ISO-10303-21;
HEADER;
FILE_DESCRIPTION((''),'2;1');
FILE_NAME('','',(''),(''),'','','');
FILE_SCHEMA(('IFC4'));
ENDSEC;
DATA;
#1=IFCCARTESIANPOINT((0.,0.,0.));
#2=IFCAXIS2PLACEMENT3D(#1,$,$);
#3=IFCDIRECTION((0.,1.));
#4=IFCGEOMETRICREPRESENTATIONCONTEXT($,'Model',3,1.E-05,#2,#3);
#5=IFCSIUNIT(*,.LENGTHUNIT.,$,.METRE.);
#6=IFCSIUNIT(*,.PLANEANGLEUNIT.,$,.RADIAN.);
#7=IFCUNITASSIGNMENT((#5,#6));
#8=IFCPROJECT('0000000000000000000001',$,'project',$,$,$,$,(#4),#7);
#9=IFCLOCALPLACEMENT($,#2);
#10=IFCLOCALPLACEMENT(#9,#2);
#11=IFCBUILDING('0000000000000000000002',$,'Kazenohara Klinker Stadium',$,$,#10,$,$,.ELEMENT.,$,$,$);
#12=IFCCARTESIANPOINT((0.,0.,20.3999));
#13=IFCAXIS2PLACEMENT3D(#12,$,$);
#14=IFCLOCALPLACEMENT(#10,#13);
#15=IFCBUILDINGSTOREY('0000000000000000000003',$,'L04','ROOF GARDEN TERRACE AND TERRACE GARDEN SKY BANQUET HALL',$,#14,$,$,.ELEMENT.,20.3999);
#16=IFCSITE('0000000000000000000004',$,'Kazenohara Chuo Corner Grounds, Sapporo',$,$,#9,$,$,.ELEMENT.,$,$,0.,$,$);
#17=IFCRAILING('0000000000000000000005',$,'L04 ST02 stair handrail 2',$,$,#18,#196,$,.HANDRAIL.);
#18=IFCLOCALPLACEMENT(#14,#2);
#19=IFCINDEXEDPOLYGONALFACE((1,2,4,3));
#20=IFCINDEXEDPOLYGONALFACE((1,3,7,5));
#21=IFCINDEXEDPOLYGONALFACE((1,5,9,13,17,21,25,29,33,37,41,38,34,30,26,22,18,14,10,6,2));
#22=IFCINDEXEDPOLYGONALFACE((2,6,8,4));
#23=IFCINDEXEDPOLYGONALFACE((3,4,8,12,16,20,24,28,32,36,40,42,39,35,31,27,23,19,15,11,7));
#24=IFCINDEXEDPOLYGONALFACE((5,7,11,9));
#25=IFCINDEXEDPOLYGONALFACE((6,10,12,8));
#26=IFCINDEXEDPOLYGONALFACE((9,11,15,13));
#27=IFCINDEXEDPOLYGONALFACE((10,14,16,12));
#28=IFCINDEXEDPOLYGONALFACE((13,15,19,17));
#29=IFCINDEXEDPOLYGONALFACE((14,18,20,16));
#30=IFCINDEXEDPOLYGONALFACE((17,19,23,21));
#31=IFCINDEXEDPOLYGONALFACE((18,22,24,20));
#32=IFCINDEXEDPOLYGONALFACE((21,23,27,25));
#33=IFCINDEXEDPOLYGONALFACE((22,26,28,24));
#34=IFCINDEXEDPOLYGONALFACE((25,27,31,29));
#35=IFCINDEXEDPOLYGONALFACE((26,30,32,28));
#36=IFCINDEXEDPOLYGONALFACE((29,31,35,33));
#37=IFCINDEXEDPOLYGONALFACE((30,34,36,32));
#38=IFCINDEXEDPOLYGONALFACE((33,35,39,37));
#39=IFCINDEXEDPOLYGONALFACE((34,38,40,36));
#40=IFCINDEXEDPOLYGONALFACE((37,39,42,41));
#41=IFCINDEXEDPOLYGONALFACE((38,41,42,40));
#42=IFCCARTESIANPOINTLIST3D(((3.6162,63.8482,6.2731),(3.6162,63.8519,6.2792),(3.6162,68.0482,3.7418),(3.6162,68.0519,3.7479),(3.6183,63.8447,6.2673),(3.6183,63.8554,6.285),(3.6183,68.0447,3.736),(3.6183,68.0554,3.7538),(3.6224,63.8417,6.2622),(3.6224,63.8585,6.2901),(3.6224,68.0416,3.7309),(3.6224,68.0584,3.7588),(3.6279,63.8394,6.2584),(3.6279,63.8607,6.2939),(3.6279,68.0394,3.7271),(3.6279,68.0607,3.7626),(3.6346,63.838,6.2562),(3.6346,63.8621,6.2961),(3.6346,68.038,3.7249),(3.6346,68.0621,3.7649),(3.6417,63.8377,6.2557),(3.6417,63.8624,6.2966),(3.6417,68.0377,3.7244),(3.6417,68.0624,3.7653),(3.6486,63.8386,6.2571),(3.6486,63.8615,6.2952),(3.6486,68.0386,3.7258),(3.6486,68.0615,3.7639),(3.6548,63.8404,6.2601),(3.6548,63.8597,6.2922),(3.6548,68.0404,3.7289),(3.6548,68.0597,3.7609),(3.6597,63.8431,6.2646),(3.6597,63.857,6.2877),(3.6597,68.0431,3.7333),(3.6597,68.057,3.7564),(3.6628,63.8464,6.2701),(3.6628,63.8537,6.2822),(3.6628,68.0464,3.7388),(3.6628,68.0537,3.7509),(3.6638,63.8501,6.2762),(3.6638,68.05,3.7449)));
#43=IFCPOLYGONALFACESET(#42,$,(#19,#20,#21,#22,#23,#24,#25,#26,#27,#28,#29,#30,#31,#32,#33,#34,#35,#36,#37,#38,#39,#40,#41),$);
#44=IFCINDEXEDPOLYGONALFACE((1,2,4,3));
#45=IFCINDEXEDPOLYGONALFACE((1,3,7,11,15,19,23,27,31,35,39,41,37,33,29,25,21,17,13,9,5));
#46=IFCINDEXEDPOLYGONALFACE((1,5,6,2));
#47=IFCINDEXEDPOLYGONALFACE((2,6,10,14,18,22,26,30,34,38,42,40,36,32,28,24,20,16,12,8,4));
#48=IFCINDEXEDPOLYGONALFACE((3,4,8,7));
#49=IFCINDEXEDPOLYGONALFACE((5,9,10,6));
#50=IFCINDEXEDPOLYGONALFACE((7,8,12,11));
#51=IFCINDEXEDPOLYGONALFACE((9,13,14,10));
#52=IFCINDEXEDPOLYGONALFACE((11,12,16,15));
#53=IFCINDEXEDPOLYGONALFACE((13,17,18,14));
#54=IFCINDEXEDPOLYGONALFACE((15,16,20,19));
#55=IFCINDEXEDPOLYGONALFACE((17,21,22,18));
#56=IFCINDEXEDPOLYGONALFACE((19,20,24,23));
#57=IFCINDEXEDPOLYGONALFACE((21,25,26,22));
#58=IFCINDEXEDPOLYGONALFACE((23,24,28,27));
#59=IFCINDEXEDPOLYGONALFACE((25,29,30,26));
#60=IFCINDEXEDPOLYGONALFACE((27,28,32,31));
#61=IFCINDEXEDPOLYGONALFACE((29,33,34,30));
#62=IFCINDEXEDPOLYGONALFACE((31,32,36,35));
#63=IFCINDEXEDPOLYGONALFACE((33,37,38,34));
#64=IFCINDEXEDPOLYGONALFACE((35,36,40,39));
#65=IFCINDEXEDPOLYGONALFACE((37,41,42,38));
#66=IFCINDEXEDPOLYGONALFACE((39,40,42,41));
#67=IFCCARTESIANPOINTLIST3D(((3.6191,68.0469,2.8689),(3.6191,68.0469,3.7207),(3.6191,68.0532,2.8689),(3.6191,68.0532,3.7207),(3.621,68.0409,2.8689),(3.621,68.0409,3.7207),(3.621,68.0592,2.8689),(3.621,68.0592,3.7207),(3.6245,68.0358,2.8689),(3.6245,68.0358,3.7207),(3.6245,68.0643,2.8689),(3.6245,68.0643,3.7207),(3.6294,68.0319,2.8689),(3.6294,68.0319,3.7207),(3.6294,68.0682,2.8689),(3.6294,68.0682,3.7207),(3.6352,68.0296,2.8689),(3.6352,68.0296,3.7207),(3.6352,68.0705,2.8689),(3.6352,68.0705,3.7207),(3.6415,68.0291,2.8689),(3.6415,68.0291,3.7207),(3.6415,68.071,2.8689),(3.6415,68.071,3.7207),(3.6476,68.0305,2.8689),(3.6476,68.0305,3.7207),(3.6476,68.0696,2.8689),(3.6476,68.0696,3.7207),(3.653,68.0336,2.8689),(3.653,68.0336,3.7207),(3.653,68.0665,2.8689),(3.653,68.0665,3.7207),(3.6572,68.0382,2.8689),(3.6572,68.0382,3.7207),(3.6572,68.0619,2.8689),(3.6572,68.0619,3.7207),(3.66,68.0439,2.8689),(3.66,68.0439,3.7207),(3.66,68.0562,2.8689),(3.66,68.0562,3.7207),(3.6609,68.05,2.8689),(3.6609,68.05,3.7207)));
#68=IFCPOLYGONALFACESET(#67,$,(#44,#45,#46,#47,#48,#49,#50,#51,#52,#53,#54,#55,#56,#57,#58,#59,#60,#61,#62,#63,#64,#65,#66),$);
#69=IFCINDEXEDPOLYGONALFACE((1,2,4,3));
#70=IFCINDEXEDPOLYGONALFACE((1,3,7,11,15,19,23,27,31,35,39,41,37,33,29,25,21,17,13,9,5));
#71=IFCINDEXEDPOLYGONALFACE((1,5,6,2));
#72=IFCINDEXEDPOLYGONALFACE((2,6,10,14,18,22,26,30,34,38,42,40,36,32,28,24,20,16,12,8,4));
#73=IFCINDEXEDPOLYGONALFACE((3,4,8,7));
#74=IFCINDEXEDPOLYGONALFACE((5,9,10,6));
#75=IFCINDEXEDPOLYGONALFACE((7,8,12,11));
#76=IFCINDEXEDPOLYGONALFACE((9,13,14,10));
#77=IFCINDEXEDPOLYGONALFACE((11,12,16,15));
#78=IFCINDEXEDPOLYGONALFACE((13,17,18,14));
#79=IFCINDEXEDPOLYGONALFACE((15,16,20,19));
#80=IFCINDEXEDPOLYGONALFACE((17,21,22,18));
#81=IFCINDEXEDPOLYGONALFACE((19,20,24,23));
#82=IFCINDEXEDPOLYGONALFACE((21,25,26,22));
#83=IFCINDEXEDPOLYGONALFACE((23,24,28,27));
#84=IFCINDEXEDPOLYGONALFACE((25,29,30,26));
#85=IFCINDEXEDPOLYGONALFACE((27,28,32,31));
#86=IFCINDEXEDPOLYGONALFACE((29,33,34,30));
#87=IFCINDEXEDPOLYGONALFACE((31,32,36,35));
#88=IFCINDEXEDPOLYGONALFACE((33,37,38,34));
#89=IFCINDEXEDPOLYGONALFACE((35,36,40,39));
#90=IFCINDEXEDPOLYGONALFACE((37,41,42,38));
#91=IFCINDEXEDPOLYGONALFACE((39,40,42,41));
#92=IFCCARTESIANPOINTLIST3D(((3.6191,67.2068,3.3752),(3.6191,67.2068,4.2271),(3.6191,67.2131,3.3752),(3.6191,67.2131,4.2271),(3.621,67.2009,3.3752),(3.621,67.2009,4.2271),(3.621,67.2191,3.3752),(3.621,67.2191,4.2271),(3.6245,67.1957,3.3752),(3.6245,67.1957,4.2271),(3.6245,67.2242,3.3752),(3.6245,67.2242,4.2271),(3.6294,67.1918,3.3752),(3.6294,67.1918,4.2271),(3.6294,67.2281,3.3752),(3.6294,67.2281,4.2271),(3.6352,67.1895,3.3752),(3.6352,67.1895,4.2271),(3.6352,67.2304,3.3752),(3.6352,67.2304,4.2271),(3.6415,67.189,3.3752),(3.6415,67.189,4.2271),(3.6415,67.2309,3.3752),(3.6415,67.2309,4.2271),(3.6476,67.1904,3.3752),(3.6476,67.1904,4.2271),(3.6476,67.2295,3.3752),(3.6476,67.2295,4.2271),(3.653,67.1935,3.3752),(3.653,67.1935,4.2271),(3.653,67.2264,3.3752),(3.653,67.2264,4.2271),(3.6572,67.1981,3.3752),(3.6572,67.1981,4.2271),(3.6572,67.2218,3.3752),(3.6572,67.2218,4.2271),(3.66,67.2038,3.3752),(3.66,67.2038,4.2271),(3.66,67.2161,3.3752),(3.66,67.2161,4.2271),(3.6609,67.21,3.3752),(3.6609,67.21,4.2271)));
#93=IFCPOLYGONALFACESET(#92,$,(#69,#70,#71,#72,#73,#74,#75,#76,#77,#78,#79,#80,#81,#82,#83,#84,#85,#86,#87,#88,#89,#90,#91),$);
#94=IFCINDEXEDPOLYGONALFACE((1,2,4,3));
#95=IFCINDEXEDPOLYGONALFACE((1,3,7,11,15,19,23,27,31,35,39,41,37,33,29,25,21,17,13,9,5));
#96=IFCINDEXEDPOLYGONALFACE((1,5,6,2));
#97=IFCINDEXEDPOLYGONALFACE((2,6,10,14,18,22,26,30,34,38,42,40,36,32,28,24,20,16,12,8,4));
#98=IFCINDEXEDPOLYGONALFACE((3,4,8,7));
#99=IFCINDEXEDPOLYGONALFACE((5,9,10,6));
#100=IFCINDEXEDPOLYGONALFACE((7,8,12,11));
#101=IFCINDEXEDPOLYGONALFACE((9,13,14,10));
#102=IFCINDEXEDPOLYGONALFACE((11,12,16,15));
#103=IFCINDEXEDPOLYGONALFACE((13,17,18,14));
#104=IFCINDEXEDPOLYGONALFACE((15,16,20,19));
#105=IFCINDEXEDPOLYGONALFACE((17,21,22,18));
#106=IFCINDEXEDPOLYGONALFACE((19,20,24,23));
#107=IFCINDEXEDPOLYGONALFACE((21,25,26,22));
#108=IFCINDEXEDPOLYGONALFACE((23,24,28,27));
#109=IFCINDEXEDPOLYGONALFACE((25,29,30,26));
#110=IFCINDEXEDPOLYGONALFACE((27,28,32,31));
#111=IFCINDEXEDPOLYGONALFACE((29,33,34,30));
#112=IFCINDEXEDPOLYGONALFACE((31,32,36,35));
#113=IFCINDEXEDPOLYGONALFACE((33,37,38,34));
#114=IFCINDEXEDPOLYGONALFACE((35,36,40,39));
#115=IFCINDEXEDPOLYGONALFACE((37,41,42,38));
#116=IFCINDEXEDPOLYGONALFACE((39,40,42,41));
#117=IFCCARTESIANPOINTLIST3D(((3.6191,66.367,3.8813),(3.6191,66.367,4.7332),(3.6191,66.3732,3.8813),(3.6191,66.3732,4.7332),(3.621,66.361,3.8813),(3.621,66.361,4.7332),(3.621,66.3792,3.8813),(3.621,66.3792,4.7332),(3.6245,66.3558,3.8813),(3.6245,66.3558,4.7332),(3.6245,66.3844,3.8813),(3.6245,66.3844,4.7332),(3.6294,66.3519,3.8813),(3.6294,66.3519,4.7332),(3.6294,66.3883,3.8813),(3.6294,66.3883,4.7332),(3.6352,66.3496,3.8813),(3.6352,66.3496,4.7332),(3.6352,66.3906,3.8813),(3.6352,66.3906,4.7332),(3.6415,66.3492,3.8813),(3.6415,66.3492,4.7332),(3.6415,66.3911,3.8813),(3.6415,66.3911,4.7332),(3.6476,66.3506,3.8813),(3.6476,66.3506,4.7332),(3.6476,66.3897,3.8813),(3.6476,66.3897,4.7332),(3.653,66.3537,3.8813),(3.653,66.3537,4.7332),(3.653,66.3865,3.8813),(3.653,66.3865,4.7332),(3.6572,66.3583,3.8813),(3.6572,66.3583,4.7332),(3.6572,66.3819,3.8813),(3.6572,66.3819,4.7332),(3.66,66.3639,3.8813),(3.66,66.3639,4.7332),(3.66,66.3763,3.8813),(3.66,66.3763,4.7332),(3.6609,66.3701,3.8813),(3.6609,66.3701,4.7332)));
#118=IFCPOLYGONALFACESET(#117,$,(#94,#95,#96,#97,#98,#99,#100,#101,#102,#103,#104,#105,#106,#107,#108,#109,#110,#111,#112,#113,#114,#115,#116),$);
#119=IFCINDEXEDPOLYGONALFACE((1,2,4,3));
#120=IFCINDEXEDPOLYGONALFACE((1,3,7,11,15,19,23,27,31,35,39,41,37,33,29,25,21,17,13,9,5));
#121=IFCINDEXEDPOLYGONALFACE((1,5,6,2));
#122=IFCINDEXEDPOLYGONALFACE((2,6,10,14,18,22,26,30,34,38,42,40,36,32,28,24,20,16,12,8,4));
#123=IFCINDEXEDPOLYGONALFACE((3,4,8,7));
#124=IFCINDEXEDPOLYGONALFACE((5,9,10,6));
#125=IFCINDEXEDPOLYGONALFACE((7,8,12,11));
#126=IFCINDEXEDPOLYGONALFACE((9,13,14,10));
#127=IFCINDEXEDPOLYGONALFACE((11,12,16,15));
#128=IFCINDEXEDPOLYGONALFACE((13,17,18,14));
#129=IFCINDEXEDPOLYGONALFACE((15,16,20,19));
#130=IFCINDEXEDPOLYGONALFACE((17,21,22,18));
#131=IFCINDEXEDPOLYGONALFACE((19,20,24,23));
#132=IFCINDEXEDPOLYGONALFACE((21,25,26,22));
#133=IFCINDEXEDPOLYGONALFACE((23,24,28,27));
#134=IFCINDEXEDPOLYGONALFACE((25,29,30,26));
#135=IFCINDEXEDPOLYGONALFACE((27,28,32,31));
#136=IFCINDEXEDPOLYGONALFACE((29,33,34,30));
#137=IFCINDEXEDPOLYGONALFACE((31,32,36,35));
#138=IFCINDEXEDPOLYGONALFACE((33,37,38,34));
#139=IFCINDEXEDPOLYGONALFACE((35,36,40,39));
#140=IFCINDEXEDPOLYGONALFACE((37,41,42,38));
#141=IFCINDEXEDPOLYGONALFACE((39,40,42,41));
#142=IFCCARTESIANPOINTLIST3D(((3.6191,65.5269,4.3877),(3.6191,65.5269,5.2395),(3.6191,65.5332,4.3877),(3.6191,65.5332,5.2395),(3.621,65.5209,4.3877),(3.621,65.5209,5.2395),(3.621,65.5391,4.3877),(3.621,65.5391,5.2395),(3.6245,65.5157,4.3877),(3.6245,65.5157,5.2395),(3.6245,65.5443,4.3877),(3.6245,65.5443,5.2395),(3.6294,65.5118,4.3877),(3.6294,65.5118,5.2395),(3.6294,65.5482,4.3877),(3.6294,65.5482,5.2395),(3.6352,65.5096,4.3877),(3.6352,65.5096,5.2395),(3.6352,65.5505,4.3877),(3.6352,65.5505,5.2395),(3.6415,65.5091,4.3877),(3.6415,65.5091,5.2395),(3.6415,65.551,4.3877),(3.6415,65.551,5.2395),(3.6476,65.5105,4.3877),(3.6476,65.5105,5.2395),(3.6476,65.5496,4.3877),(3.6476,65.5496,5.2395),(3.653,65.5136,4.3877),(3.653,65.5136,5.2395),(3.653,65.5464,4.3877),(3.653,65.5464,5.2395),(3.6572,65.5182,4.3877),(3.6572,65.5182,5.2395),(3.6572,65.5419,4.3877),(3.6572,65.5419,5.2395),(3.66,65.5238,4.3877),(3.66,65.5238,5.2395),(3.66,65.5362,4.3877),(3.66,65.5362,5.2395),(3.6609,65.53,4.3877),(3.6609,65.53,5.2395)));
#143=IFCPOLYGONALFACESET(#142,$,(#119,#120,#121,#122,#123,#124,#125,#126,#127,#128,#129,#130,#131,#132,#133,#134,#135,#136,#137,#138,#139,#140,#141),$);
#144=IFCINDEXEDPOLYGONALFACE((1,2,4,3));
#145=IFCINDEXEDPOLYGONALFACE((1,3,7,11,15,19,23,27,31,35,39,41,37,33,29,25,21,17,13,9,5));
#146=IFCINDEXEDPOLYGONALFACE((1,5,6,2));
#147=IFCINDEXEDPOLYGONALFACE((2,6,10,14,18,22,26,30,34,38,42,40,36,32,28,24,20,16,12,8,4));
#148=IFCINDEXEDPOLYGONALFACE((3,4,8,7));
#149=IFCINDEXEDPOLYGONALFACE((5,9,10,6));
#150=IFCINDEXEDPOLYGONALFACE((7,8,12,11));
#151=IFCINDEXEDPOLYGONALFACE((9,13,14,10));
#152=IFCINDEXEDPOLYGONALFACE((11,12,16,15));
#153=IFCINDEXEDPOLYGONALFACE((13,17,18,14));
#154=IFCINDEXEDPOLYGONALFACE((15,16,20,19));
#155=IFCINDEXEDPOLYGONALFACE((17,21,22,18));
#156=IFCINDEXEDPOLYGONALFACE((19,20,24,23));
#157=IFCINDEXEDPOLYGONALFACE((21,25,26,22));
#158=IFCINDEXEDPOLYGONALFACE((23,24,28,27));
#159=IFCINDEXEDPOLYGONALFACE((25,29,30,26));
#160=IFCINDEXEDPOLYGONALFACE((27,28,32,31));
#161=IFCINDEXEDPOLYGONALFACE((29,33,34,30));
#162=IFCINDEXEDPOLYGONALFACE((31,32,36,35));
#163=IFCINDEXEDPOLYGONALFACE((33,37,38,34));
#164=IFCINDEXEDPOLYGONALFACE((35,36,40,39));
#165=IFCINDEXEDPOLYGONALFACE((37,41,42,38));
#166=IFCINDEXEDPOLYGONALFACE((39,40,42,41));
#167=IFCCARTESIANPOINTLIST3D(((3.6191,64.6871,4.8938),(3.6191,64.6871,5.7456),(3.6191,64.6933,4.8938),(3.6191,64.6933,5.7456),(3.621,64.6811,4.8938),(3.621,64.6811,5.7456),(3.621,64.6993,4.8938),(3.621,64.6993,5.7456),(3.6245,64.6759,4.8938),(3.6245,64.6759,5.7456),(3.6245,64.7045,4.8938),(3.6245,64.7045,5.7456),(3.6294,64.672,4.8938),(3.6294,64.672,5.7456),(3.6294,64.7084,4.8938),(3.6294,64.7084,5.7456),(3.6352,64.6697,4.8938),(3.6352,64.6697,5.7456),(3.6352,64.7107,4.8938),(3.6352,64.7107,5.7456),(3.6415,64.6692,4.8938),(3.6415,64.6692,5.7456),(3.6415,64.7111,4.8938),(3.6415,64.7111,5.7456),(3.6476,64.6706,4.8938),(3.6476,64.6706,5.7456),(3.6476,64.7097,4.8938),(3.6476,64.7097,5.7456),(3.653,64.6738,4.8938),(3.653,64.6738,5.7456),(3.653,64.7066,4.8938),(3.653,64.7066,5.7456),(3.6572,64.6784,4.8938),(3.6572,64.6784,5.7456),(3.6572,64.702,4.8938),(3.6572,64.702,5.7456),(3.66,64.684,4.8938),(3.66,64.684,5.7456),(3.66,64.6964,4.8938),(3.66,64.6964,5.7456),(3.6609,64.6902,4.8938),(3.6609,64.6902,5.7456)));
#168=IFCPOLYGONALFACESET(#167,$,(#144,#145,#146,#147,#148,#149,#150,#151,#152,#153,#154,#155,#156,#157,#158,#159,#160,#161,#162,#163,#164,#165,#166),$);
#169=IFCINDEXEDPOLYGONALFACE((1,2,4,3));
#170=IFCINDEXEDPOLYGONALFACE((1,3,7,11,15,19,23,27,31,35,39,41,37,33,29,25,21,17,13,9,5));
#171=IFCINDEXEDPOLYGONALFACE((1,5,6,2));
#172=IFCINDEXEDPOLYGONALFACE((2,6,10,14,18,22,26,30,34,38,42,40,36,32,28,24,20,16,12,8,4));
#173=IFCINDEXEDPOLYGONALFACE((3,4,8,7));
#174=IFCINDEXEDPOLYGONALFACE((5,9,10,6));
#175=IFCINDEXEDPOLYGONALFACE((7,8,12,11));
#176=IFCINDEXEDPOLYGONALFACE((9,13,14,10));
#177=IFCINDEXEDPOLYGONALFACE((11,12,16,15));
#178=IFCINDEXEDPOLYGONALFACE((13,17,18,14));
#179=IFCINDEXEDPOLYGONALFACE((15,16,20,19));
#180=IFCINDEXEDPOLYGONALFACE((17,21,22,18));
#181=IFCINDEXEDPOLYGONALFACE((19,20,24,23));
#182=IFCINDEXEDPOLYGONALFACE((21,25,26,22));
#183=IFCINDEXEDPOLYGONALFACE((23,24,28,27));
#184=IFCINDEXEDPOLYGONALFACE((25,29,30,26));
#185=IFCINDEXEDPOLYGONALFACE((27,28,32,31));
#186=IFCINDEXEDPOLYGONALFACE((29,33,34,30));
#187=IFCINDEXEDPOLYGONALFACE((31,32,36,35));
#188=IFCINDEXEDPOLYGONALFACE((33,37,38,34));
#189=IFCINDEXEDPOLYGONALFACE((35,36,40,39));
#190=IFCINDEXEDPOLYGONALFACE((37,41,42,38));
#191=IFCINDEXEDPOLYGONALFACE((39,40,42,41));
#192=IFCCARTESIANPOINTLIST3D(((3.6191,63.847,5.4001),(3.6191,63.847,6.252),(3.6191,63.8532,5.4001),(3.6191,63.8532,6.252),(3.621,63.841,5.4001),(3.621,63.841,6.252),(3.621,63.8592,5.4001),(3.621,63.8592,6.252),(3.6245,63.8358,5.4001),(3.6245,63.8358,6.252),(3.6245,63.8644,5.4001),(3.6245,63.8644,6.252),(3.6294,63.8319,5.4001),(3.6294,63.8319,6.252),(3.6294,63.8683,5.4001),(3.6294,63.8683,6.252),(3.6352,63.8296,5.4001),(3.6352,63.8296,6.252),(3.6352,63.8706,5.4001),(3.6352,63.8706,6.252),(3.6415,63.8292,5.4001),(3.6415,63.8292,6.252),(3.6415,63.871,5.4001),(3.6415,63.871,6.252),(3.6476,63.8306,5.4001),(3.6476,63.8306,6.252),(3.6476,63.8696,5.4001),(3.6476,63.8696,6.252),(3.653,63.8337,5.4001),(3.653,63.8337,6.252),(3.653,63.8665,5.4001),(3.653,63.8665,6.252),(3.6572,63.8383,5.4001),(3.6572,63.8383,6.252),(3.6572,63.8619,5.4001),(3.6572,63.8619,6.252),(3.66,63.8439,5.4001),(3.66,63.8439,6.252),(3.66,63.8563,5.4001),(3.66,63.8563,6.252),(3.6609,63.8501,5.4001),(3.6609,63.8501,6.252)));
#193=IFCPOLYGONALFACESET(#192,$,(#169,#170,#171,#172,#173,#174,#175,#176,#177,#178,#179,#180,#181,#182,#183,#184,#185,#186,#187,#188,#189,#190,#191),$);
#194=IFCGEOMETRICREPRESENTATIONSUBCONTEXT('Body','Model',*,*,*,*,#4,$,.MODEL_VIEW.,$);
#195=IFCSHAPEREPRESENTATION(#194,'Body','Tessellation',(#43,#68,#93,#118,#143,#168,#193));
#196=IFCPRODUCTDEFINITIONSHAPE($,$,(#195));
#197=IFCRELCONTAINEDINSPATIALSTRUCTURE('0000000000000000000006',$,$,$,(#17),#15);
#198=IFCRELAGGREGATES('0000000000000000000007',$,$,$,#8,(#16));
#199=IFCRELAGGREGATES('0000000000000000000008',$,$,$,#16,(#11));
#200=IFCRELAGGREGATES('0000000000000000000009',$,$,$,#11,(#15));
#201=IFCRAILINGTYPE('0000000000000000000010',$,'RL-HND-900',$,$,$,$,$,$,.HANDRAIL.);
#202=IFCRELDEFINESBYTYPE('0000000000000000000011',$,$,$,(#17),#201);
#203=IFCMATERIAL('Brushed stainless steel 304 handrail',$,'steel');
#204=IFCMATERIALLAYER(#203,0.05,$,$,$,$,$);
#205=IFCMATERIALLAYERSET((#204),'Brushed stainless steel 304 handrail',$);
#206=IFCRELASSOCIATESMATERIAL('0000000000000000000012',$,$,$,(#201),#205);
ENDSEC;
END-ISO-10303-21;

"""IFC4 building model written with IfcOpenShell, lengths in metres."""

from ifc_helpers import new_model, si_unit, direction, frame, origin, origin_2d, place, context, subcontext, project, spatial, circle, extrude, material, layer, layer_set, type_object, element, save


model = new_model("IFC4")

# Units and contexts
model_context = context("Model", 3, precision=1e-05, world=origin(), true_north=direction((0.0, 1.0)))
body_context = subcontext(model_context, "Body", "Model", "MODEL_VIEW")
ifc_project = project(units=[si_unit("LENGTHUNIT", "METRE"), si_unit("PLANEANGLEUNIT", "RADIAN")], contexts=[model_context])

# Site, building, storey
site_placement = place(None, origin())
site = spatial("IfcSite", under=ifc_project, at=site_placement, Name="Kazenohara Chuo Corner Grounds, Sapporo", CompositionType="ELEMENT", RefElevation=0.0)
building_placement = place(site_placement, origin())
building = spatial("IfcBuilding", under=site, at=building_placement, Name="Kazenohara Klinker Stadium", CompositionType="ELEMENT")
storey_placement = place(building_placement, frame((0.0, 0.0, 20.3999)))
storey = spatial("IfcBuildingStorey", under=building, at=storey_placement, Name="L04", Description="ROOF GARDEN TERRACE AND TERRACE GARDEN SKY BANQUET HALL", CompositionType="ELEMENT", Elevation=20.3999)

# Railing
ifc_material_1 = material(Name="Brushed stainless steel 304 handrail", Category="steel")
ifc_layer_1 = layer(ifc_material_1, 0.05)
ifc_layer_set_1 = layer_set([ifc_layer_1], Name="Brushed stainless steel 304 handrail")
railing_type_1 = type_object("IfcRailingType", Name="RL-HND-900", PredefinedType="HANDRAIL", material=ifc_layer_set_1)
railing_1_placement = place(storey_placement, frame((3.6399, 68.05, 2.8689)))
element("IfcRailing", 1, at=railing_1_placement, inside=storey, type_object=railing_type_1, Name="L04 ST02 stair handrail 2", PredefinedType="HANDRAIL", context=body_context, shape_type="SweptSolid", body=[
    extrude(circle(Radius=0.0239, at=origin_2d()), frame((0.0, 0.0, 0.876), z_axis=(0.0, -0.856476, 0.516186), x_axis=(1.0, 0.0, 0.0)), (0.0, 0.0, 1.0), 4.9038),
    extrude(circle(Radius=0.021, at=origin_2d()), origin(), (0.0, 0.0, 1.0), 0.8518),
    extrude(circle(Radius=0.021, at=origin_2d()), frame((0.0, -0.8401, 0.5063)), (0.0, 0.0, 1.0), 0.8518),
    extrude(circle(Radius=0.021, at=origin_2d()), frame((0.0, -1.6799, 1.0125)), (0.0, 0.0, 1.0), 0.8518),
    extrude(circle(Radius=0.021, at=origin_2d()), frame((0.0, -2.52, 1.5188)), (0.0, 0.0, 1.0), 0.8518),
    extrude(circle(Radius=0.021, at=origin_2d()), frame((0.0, -3.3599, 2.0249)), (0.0, 0.0, 1.0), 0.8518),
    extrude(circle(Radius=0.021, at=origin_2d()), frame((0.0, -4.2, 2.5312)), (0.0, 0.0, 1.0), 0.8518),
])

save(model, "model.ifc")
